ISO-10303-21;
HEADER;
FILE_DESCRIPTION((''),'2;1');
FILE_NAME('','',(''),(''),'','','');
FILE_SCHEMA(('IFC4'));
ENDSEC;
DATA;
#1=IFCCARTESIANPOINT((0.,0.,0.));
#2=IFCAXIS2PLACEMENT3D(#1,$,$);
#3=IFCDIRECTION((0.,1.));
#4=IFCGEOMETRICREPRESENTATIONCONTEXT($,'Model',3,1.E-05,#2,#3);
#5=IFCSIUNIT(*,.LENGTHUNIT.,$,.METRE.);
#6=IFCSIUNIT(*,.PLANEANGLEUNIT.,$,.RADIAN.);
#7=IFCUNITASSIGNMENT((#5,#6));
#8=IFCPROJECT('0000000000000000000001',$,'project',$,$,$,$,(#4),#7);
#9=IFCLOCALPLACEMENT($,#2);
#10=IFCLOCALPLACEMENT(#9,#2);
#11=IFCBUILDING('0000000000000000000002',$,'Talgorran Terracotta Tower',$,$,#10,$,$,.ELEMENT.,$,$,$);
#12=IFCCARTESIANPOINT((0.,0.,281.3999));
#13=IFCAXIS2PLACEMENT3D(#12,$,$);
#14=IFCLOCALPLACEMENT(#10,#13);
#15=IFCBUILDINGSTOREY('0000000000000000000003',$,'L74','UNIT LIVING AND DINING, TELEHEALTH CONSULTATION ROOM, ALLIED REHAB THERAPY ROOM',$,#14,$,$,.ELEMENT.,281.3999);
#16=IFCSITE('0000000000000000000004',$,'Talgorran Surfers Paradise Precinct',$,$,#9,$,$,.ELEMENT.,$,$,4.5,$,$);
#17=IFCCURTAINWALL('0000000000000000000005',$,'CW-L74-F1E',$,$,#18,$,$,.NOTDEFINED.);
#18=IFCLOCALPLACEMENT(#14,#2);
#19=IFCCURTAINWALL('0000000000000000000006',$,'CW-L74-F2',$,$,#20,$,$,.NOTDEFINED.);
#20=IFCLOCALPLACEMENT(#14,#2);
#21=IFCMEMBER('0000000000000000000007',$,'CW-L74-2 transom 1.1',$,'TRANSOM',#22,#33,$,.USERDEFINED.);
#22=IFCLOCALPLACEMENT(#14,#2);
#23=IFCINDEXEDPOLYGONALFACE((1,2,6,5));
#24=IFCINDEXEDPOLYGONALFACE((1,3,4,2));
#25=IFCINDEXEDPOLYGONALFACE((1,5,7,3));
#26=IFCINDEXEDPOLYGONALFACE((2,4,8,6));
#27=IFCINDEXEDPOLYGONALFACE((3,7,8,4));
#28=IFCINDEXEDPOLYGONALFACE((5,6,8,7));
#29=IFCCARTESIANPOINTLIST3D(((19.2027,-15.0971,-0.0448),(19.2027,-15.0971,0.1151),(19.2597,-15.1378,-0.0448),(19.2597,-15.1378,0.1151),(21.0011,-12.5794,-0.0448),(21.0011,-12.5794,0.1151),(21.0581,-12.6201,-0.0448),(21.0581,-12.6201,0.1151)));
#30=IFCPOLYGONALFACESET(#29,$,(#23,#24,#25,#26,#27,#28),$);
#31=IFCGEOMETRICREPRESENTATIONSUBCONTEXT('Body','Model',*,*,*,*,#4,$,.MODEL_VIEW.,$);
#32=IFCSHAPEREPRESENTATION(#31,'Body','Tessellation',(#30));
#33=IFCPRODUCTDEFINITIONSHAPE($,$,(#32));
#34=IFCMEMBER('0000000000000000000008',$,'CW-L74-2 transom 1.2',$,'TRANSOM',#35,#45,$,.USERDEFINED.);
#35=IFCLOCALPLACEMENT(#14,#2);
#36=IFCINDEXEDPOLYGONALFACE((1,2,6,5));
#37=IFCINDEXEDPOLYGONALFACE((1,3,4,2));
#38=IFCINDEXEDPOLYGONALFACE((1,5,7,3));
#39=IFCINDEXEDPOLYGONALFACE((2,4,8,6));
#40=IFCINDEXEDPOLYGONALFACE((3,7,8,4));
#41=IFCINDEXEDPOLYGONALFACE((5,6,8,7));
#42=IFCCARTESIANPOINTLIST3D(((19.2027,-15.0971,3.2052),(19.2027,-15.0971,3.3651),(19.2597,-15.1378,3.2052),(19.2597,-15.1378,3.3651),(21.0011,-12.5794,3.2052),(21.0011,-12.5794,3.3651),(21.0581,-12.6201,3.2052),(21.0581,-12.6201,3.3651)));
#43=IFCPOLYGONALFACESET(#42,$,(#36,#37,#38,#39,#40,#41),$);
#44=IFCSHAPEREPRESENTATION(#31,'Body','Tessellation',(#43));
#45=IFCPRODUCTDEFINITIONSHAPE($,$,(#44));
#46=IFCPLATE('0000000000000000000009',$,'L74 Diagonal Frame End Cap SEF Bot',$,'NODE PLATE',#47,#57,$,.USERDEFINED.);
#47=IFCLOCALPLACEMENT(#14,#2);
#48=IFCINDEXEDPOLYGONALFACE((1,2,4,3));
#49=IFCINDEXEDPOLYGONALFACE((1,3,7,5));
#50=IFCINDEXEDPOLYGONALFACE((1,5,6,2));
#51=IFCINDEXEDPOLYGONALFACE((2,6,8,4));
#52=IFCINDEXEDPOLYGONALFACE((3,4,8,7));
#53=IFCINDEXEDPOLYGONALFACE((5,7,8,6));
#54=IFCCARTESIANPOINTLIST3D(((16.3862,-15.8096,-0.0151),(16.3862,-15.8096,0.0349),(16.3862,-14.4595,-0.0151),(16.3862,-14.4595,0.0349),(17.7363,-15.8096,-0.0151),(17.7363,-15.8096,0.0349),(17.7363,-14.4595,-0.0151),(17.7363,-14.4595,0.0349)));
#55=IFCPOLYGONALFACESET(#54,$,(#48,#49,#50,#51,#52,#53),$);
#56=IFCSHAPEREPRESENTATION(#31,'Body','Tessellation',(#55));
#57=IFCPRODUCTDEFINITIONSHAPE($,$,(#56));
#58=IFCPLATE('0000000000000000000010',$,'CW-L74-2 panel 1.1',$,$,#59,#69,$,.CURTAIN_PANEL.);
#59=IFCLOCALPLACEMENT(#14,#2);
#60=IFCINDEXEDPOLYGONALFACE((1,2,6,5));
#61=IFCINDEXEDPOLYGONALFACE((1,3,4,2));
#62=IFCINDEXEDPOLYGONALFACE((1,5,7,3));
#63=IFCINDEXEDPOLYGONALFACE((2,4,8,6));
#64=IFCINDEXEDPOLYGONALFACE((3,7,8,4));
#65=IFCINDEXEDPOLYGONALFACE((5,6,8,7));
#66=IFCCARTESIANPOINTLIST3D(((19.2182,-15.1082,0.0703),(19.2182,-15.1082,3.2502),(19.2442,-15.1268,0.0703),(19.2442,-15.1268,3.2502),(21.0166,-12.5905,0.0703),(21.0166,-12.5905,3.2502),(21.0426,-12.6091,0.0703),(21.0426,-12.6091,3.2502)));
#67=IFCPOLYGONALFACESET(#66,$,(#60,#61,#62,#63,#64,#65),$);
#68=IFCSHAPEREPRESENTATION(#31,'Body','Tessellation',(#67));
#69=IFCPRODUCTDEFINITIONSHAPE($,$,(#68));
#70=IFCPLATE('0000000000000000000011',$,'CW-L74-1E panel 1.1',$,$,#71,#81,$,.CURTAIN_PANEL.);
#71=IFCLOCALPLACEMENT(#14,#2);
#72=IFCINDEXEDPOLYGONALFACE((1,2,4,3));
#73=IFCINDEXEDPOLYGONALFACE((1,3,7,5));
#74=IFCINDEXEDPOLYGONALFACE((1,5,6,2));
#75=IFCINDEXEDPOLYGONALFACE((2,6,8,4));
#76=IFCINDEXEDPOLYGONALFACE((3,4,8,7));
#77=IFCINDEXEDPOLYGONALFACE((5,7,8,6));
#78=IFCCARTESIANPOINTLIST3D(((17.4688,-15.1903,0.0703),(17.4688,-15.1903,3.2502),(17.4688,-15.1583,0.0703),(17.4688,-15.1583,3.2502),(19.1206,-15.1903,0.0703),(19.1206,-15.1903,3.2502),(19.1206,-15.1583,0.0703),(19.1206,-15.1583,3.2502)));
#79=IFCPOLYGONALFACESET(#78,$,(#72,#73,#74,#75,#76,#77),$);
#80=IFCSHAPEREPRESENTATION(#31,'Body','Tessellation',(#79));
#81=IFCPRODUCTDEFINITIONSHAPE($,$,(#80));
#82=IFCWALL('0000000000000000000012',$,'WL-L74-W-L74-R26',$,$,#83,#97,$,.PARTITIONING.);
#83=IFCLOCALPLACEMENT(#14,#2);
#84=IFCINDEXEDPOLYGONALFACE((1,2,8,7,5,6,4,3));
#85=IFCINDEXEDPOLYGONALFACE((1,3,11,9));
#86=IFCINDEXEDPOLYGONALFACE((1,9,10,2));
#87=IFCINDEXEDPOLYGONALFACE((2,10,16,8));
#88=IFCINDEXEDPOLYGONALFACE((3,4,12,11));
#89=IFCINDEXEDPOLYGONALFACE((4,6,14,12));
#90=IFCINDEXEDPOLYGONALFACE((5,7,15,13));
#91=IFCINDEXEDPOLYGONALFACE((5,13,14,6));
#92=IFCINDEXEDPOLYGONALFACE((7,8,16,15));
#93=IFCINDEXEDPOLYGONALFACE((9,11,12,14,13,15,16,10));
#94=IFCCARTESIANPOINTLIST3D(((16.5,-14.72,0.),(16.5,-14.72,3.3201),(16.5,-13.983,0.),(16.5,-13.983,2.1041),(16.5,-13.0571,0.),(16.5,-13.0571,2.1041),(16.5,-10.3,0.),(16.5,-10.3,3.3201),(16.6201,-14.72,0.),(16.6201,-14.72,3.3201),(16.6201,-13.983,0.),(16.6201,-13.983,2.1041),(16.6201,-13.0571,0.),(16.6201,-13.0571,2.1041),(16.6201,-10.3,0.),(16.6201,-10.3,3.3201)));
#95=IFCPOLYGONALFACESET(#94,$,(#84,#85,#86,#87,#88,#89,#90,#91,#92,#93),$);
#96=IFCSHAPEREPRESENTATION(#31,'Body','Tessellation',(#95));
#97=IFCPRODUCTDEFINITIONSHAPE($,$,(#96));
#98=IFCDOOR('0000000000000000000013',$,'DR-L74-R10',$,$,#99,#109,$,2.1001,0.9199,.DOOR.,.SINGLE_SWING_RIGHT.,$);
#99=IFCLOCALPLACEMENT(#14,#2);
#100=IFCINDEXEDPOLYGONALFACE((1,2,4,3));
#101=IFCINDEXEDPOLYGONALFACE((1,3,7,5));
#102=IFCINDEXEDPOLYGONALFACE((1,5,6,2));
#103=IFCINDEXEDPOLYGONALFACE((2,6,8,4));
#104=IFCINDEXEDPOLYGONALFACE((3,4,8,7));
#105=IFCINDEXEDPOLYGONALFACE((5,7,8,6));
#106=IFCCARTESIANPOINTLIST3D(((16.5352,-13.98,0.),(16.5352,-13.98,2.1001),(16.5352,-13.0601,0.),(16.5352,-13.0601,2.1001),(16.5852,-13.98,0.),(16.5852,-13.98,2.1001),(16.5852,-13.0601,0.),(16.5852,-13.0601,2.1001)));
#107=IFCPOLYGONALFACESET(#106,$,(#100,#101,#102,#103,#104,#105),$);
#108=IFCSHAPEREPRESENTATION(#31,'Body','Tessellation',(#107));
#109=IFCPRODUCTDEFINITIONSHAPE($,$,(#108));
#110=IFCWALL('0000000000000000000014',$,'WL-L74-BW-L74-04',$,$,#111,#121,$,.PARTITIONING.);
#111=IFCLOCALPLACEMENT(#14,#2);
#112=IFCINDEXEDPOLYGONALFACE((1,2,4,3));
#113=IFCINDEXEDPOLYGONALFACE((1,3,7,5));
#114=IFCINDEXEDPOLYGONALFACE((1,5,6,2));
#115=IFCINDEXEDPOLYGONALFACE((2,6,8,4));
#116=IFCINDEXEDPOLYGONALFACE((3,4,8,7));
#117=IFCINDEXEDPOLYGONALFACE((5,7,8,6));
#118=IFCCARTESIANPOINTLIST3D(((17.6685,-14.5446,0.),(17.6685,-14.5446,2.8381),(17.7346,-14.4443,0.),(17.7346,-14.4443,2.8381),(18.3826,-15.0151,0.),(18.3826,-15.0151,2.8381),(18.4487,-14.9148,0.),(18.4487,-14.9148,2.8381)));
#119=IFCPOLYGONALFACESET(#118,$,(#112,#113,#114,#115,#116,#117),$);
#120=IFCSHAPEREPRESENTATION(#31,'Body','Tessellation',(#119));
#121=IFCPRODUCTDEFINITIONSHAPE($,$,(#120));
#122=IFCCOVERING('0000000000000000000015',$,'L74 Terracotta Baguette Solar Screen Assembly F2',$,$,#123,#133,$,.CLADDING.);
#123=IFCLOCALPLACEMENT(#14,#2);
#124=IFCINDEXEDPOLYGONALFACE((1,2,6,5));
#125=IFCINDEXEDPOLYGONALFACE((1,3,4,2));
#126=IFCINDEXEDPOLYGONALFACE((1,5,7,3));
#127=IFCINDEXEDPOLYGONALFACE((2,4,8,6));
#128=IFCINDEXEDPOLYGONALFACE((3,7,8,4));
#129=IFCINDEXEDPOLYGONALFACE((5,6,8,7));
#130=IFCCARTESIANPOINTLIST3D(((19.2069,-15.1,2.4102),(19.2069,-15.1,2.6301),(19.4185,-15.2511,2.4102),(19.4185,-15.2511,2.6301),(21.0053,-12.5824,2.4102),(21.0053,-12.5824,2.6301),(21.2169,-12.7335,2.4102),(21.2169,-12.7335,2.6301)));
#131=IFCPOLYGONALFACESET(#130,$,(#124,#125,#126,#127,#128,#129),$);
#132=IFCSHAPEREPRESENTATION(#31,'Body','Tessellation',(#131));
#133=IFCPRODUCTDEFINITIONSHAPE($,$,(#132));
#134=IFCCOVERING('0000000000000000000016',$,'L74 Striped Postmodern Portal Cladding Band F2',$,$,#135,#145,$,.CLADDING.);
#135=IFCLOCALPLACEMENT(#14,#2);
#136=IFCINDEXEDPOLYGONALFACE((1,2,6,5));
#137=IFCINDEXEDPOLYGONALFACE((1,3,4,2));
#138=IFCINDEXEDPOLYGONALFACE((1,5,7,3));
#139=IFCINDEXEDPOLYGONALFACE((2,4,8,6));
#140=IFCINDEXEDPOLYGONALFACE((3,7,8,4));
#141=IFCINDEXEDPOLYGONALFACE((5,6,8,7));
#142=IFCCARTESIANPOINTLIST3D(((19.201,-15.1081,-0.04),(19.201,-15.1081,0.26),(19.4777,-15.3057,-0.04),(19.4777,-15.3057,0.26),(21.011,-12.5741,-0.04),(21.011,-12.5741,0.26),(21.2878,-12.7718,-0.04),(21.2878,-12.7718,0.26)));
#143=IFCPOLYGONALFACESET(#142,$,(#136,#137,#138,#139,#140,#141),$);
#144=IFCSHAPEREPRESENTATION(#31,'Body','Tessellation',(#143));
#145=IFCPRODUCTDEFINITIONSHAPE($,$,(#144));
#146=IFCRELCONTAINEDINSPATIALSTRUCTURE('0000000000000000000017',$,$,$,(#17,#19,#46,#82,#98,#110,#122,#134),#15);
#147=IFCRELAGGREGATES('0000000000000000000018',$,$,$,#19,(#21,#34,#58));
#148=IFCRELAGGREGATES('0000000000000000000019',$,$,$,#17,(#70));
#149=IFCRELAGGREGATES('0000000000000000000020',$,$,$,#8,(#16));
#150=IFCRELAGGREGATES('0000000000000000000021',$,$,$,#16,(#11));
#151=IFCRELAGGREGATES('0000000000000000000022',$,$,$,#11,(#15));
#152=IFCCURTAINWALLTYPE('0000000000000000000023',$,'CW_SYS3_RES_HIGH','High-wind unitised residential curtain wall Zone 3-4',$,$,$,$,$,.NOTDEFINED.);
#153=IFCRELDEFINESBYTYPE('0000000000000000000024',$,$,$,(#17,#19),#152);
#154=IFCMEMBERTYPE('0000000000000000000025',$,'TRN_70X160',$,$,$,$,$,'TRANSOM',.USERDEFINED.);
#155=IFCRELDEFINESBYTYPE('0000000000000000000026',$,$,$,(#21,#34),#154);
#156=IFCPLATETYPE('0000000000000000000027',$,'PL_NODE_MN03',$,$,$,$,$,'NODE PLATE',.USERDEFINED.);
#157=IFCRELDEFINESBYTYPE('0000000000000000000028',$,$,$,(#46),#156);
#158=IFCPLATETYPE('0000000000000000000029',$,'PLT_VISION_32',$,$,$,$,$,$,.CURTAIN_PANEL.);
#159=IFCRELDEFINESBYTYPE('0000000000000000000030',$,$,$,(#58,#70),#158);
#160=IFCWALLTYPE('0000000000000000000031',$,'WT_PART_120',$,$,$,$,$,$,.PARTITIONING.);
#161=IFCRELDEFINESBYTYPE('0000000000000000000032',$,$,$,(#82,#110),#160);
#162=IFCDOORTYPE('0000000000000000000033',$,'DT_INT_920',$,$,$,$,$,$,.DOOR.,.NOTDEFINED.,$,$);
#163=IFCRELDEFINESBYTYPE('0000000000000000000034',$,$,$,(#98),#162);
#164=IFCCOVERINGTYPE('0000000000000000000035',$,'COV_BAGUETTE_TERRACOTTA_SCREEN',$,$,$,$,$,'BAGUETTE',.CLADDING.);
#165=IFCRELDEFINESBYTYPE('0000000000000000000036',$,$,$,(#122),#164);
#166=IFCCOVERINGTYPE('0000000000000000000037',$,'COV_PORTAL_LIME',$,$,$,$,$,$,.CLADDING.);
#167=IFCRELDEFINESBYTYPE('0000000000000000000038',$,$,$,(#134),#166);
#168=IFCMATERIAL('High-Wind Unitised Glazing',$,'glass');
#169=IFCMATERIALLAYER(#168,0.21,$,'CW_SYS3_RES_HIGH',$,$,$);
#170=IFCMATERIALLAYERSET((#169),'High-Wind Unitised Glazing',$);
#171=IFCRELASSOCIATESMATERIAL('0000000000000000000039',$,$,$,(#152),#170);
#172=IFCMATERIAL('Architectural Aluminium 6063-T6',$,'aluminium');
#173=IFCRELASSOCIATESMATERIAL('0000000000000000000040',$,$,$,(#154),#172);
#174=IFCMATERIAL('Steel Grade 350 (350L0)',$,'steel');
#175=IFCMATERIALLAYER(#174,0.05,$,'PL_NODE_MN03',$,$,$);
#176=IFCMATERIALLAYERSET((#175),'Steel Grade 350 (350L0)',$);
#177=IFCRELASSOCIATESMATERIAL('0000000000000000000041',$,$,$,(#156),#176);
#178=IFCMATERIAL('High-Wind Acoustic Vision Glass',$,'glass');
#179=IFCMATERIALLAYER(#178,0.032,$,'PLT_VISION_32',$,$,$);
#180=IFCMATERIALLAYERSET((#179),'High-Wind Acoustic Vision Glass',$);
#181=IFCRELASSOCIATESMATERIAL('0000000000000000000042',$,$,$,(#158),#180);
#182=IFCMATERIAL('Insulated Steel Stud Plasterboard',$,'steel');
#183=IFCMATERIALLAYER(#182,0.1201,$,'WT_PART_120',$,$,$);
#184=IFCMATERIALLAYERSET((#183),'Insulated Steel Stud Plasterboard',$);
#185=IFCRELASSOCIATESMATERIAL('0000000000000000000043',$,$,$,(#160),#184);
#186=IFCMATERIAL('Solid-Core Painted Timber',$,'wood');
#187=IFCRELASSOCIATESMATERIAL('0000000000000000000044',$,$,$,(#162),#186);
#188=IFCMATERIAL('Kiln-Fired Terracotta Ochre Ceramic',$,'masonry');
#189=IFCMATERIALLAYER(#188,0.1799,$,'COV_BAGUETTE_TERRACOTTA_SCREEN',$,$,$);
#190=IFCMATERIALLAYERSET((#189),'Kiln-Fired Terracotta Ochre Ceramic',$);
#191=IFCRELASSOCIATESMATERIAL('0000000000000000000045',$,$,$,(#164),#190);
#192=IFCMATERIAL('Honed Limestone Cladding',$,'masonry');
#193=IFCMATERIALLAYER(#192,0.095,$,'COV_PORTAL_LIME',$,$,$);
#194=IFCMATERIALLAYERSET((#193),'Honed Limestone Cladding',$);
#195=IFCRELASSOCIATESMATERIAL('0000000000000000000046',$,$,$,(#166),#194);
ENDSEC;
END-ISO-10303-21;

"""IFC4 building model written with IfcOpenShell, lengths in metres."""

from ifc_helpers import new_model, si_unit, direction, frame, frame_2d, origin, origin_2d, place, context, subcontext, project, spatial, rectangle, extrude, source, transform, mapped, material, layer, layer_set, material_profile, profile_set, type_object, type_shapes, element, fill, aggregate, save


model = new_model("IFC4")

# Units and contexts
model_context = context("Model", 3, precision=1e-05, world=origin(), true_north=direction((0.0, 1.0)))
body_context = subcontext(model_context, "Body", "Model", "MODEL_VIEW")
ifc_project = project(units=[si_unit("LENGTHUNIT", "METRE"), si_unit("PLANEANGLEUNIT", "RADIAN")], contexts=[model_context])

# Site, building, storey
site_placement = place(None, origin())
site = spatial("IfcSite", under=ifc_project, at=site_placement, Name="Talgorran Surfers Paradise Precinct", CompositionType="ELEMENT", RefElevation=4.5)
building_placement = place(site_placement, origin())
building = spatial("IfcBuilding", under=site, at=building_placement, Name="Talgorran Terracotta Tower", CompositionType="ELEMENT")
storey_placement = place(building_placement, frame((0.0, 0.0, 281.3999)))
storey = spatial("IfcBuildingStorey", under=building, at=storey_placement, Name="L74", Description="UNIT LIVING AND DINING, TELEHEALTH CONSULTATION ROOM, ALLIED REHAB THERAPY ROOM", CompositionType="ELEMENT", Elevation=281.3999)

# Shared definitions
ifc_material_1 = material(Name="Steel Grade 350 (350L0)", Category="steel")

# Shared definitions
ifc_material_2 = material(Name="High-Wind Unitised Glazing", Category="glass")
ifc_layer_1 = layer(ifc_material_2, 0.21, Name="CW_SYS3_RES_HIGH")
ifc_layer_set_1 = layer_set([ifc_layer_1], Name="High-Wind Unitised Glazing")
curtain_wall_type = type_object("IfcCurtainWallType", Name="CW_SYS3_RES_HIGH", Description="High-wind unitised residential curtain wall Zone 3-4", PredefinedType="NOTDEFINED", material=ifc_layer_set_1)
ifc_material_3 = material(Name="Architectural Aluminium 6063-T6", Category="aluminium")

# Curtain walls
curtain_wall_1_placement = place(storey_placement, origin())
curtain_wall_1 = element("IfcCurtainWall", 1, at=curtain_wall_1_placement, inside=storey, type_object=curtain_wall_type, Name="CW-L74-F1E", PredefinedType="NOTDEFINED")
curtain_wall_2_placement = place(storey_placement, origin())
curtain_wall_2 = element("IfcCurtainWall", 2, at=curtain_wall_2_placement, inside=storey, type_object=curtain_wall_type, Name="CW-L74-F2", PredefinedType="NOTDEFINED")

# Members
ifc_material_profile_1 = material_profile(ifc_material_3, rectangle(XDim=0.0701, YDim=0.1599, at=origin_2d()), Name="CWT70X160")
ifc_profile_set_1 = profile_set([ifc_material_profile_1], Name="Architectural Aluminium 6063-T6")
member_type_1 = type_object("IfcMemberType", Name="TRN_70X160", ElementType="TRANSOM", PredefinedType="USERDEFINED", material=ifc_profile_set_1)
member_1_placement = place(storey_placement, frame((19.2312, -15.1174, 0.0352), z_axis=(0.581253, 0.813723, 0.0), x_axis=(-0.813723, 0.581253, 0.0)))
member_1 = element("IfcMember", 3, at=member_1_placement, type_object=member_type_1, Name="CW-L74-2 transom 1.1", ObjectType="TRANSOM", PredefinedType="USERDEFINED", context=body_context, shape_type="SweptSolid", body=[
    extrude(rectangle(XDim=0.0701, YDim=0.1599, at=origin_2d()), origin(), (0.0, 0.0, 1.0), 3.094),
])
member_2_placement = place(storey_placement, frame((19.2312, -15.1174, 3.2852), z_axis=(0.581253, 0.813723, 0.0), x_axis=(-0.813723, 0.581253, 0.0)))
member_2 = element("IfcMember", 4, at=member_2_placement, type_object=member_type_1, Name="CW-L74-2 transom 1.2", ObjectType="TRANSOM", PredefinedType="USERDEFINED", context=body_context, shape_type="SweptSolid", body=[
    extrude(rectangle(XDim=0.0701, YDim=0.1599, at=origin_2d()), origin(), (0.0, 0.0, 1.0), 3.094),
])

# Plates
ifc_layer_2 = layer(ifc_material_1, 0.05, Name="PL_NODE_MN03")
ifc_layer_set_2 = layer_set([ifc_layer_2], Name="Steel Grade 350 (350L0)")
plate_type_1 = type_object("IfcPlateType", Name="PL_NODE_MN03", ElementType="NODE PLATE", PredefinedType="USERDEFINED", material=ifc_layer_set_2)
plate_1_placement = place(storey_placement, frame((17.0613, -15.1345, -0.0151), z_axis=(0.0, 0.0, 1.0), x_axis=(-1.0, 0.0, 0.0)))
element("IfcPlate", 5, at=plate_1_placement, inside=storey, type_object=plate_type_1, Name="L74 Diagonal Frame End Cap SEF Bot", ObjectType="NODE PLATE", PredefinedType="USERDEFINED", context=body_context, shape_type="SweptSolid", body=[
    extrude(rectangle(XDim=1.3501, YDim=1.3501, at=origin_2d()), origin(), (0.0, 0.0, 1.0), 0.05),
])
ifc_material_4 = material(Name="High-Wind Acoustic Vision Glass", Category="glass")
ifc_layer_3 = layer(ifc_material_4, 0.032, Name="PLT_VISION_32")
ifc_layer_set_3 = layer_set([ifc_layer_3], Name="High-Wind Acoustic Vision Glass")
plate_type_2 = type_object("IfcPlateType", Name="PLT_VISION_32", PredefinedType="CURTAIN_PANEL", material=ifc_layer_set_3)
shared_shape_1 = source(origin(), body_context, "Body", "SweptSolid", [
    extrude(rectangle(XDim=3.094, YDim=0.032, at=origin_2d()), origin(), (0.0, 0.0, 1.0), 3.1799),
])
plate_2_placement = place(storey_placement, frame((20.1304, -13.8586, 0.0703), z_axis=(0.0, 0.0, 1.0), x_axis=(0.581256, 0.813721, 0.0)))
plate_2 = element("IfcPlate", 6, at=plate_2_placement, type_object=plate_type_2, Name="CW-L74-2 panel 1.1", PredefinedType="CURTAIN_PANEL", context=body_context, shape_type="MappedRepresentation", body=[
    mapped(shared_shape_1, transform((0.0, 0.0, 0.0), scale=1.0)),
])
aggregate(curtain_wall_2, [member_1, member_2, plate_2])
shared_shape_2 = source(origin(), body_context, "Body", "SweptSolid", [
    extrude(rectangle(XDim=1.6519, YDim=0.032, at=origin_2d()), origin(), (0.0, 0.0, 1.0), 3.1799),
])
type_shapes(plate_type_2, [shared_shape_1, shared_shape_2])
plate_3_placement = place(storey_placement, frame((18.2947, -15.1743, 0.0703), z_axis=(0.0, 0.0, 1.0), x_axis=(1.0, 0.0, 0.0)))
plate_3 = element("IfcPlate", 7, at=plate_3_placement, type_object=plate_type_2, Name="CW-L74-1E panel 1.1", PredefinedType="CURTAIN_PANEL", context=body_context, shape_type="MappedRepresentation", body=[
    mapped(shared_shape_2, transform((0.0, 0.0, 0.0), scale=1.0)),
])
aggregate(curtain_wall_1, [plate_3])

# Wall, opening, door
ifc_material_5 = material(Name="Insulated Steel Stud Plasterboard", Category="steel")
ifc_layer_4 = layer(ifc_material_5, 0.1201, Name="WT_PART_120")
ifc_layer_set_4 = layer_set([ifc_layer_4], Name="Insulated Steel Stud Plasterboard")
wall_type = type_object("IfcWallType", Name="WT_PART_120", PredefinedType="PARTITIONING", material=ifc_layer_set_4)
wall_1_placement = place(storey_placement, frame((16.5601, -14.72, 0.0), z_axis=(0.0, 0.0, 1.0), x_axis=(0.0, 1.0, 0.0)))
wall_1 = element("IfcWall", 8, at=wall_1_placement, inside=storey, type_object=wall_type, Name="WL-L74-W-L74-R26", PredefinedType="PARTITIONING", context=body_context, shape_type="SweptSolid", body=[
    extrude(rectangle(XDim=4.4199, YDim=0.1201, at=frame_2d((2.21, 0.0))), origin(), (0.0, 0.0, 1.0), 3.3201),
])
opening_placement = place(wall_1_placement, frame((0.74, 0.0, 0.0)))
opening = element("IfcOpeningElement", 9, at=opening_placement, cuts=wall_1, PredefinedType="OPENING", context=body_context, shape_type="SweptSolid", body=[
    extrude(rectangle(XDim=0.9259, YDim=2.1041, at=frame_2d((0.46, 1.052))), frame((0.0, 0.0701, 0.0), z_axis=(0.0, -1.0, 0.0), x_axis=(1.0, 0.0, 0.0)), (0.0, 0.0, 1.0), 0.1401),
])
ifc_material_6 = material(Name="Solid-Core Painted Timber", Category="wood")
door_type = type_object("IfcDoorType", Name="DT_INT_920", OperationType="NOTDEFINED", PredefinedType="DOOR", material=ifc_material_6)
door_placement = place(opening_placement, origin())
door = element("IfcDoor", 10, at=door_placement, inside=storey, type_object=door_type, Name="DR-L74-R10", OperationType="SINGLE_SWING_RIGHT", OverallHeight=2.1001, OverallWidth=0.9199, PredefinedType="DOOR", context=body_context, shape_type="SweptSolid", body=[
    extrude(rectangle(XDim=0.9199, YDim=2.1001, at=frame_2d((0.46, 1.05))), frame((0.0, 0.0249, 0.0), z_axis=(0.0, -1.0, 0.0), x_axis=(1.0, 0.0, 0.0)), (0.0, 0.0, 1.0), 0.05),
])
fill(opening, door)

# Wall
wall_2_placement = place(storey_placement, frame((17.7014, -14.4944, 0.0), z_axis=(0.0, 0.0, 1.0), x_axis=(0.835068, -0.550146, 0.0)))
element("IfcWall", 11, at=wall_2_placement, inside=storey, type_object=wall_type, Name="WL-L74-BW-L74-04", PredefinedType="PARTITIONING", context=body_context, shape_type="SweptSolid", body=[
    extrude(rectangle(XDim=0.8552, YDim=0.1201, at=frame_2d((0.4277, 0.0))), origin(), (0.0, 0.0, 1.0), 2.8381),
])

# Coverings
ifc_material_7 = material(Name="Kiln-Fired Terracotta Ochre Ceramic", Category="masonry")
ifc_layer_5 = layer(ifc_material_7, 0.1799, Name="COV_BAGUETTE_TERRACOTTA_SCREEN")
ifc_layer_set_5 = layer_set([ifc_layer_5], Name="Kiln-Fired Terracotta Ochre Ceramic")
covering_type_1 = type_object("IfcCoveringType", Name="COV_BAGUETTE_TERRACOTTA_SCREEN", ElementType="BAGUETTE", PredefinedType="CLADDING", material=ifc_layer_set_5)
covering_1_placement = place(storey_placement, frame((20.2119, -13.9167, 2.4102), z_axis=(0.0, 0.0, 1.0), x_axis=(0.581257, 0.81372, 0.0)))
element("IfcCovering", 12, at=covering_1_placement, inside=storey, type_object=covering_type_1, Name="L74 Terracotta Baguette Solar Screen Assembly F2", PredefinedType="CLADDING", context=body_context, shape_type="SweptSolid", body=[
    extrude(rectangle(XDim=3.094, YDim=0.26, at=origin_2d()), origin(), (0.0, 0.0, 1.0), 0.22),
])
ifc_material_8 = material(Name="Honed Limestone Cladding", Category="masonry")
ifc_layer_6 = layer(ifc_material_8, 0.095, Name="COV_PORTAL_LIME")
ifc_layer_set_6 = layer_set([ifc_layer_6], Name="Honed Limestone Cladding")
covering_type_2 = type_object("IfcCoveringType", Name="COV_PORTAL_LIME", PredefinedType="CLADDING", material=ifc_layer_set_6)
covering_2_placement = place(storey_placement, frame((20.2444, -13.9399, -0.04), z_axis=(0.0, 0.0, 1.0), x_axis=(0.581257, 0.81372, 0.0)))
element("IfcCovering", 13, at=covering_2_placement, inside=storey, type_object=covering_type_2, Name="L74 Striped Postmodern Portal Cladding Band F2", PredefinedType="CLADDING", context=body_context, shape_type="SweptSolid", body=[
    extrude(rectangle(XDim=3.114, YDim=0.3401, at=origin_2d()), origin(), (0.0, 0.0, 1.0), 0.3),
])

save(model, "model.ifc")
